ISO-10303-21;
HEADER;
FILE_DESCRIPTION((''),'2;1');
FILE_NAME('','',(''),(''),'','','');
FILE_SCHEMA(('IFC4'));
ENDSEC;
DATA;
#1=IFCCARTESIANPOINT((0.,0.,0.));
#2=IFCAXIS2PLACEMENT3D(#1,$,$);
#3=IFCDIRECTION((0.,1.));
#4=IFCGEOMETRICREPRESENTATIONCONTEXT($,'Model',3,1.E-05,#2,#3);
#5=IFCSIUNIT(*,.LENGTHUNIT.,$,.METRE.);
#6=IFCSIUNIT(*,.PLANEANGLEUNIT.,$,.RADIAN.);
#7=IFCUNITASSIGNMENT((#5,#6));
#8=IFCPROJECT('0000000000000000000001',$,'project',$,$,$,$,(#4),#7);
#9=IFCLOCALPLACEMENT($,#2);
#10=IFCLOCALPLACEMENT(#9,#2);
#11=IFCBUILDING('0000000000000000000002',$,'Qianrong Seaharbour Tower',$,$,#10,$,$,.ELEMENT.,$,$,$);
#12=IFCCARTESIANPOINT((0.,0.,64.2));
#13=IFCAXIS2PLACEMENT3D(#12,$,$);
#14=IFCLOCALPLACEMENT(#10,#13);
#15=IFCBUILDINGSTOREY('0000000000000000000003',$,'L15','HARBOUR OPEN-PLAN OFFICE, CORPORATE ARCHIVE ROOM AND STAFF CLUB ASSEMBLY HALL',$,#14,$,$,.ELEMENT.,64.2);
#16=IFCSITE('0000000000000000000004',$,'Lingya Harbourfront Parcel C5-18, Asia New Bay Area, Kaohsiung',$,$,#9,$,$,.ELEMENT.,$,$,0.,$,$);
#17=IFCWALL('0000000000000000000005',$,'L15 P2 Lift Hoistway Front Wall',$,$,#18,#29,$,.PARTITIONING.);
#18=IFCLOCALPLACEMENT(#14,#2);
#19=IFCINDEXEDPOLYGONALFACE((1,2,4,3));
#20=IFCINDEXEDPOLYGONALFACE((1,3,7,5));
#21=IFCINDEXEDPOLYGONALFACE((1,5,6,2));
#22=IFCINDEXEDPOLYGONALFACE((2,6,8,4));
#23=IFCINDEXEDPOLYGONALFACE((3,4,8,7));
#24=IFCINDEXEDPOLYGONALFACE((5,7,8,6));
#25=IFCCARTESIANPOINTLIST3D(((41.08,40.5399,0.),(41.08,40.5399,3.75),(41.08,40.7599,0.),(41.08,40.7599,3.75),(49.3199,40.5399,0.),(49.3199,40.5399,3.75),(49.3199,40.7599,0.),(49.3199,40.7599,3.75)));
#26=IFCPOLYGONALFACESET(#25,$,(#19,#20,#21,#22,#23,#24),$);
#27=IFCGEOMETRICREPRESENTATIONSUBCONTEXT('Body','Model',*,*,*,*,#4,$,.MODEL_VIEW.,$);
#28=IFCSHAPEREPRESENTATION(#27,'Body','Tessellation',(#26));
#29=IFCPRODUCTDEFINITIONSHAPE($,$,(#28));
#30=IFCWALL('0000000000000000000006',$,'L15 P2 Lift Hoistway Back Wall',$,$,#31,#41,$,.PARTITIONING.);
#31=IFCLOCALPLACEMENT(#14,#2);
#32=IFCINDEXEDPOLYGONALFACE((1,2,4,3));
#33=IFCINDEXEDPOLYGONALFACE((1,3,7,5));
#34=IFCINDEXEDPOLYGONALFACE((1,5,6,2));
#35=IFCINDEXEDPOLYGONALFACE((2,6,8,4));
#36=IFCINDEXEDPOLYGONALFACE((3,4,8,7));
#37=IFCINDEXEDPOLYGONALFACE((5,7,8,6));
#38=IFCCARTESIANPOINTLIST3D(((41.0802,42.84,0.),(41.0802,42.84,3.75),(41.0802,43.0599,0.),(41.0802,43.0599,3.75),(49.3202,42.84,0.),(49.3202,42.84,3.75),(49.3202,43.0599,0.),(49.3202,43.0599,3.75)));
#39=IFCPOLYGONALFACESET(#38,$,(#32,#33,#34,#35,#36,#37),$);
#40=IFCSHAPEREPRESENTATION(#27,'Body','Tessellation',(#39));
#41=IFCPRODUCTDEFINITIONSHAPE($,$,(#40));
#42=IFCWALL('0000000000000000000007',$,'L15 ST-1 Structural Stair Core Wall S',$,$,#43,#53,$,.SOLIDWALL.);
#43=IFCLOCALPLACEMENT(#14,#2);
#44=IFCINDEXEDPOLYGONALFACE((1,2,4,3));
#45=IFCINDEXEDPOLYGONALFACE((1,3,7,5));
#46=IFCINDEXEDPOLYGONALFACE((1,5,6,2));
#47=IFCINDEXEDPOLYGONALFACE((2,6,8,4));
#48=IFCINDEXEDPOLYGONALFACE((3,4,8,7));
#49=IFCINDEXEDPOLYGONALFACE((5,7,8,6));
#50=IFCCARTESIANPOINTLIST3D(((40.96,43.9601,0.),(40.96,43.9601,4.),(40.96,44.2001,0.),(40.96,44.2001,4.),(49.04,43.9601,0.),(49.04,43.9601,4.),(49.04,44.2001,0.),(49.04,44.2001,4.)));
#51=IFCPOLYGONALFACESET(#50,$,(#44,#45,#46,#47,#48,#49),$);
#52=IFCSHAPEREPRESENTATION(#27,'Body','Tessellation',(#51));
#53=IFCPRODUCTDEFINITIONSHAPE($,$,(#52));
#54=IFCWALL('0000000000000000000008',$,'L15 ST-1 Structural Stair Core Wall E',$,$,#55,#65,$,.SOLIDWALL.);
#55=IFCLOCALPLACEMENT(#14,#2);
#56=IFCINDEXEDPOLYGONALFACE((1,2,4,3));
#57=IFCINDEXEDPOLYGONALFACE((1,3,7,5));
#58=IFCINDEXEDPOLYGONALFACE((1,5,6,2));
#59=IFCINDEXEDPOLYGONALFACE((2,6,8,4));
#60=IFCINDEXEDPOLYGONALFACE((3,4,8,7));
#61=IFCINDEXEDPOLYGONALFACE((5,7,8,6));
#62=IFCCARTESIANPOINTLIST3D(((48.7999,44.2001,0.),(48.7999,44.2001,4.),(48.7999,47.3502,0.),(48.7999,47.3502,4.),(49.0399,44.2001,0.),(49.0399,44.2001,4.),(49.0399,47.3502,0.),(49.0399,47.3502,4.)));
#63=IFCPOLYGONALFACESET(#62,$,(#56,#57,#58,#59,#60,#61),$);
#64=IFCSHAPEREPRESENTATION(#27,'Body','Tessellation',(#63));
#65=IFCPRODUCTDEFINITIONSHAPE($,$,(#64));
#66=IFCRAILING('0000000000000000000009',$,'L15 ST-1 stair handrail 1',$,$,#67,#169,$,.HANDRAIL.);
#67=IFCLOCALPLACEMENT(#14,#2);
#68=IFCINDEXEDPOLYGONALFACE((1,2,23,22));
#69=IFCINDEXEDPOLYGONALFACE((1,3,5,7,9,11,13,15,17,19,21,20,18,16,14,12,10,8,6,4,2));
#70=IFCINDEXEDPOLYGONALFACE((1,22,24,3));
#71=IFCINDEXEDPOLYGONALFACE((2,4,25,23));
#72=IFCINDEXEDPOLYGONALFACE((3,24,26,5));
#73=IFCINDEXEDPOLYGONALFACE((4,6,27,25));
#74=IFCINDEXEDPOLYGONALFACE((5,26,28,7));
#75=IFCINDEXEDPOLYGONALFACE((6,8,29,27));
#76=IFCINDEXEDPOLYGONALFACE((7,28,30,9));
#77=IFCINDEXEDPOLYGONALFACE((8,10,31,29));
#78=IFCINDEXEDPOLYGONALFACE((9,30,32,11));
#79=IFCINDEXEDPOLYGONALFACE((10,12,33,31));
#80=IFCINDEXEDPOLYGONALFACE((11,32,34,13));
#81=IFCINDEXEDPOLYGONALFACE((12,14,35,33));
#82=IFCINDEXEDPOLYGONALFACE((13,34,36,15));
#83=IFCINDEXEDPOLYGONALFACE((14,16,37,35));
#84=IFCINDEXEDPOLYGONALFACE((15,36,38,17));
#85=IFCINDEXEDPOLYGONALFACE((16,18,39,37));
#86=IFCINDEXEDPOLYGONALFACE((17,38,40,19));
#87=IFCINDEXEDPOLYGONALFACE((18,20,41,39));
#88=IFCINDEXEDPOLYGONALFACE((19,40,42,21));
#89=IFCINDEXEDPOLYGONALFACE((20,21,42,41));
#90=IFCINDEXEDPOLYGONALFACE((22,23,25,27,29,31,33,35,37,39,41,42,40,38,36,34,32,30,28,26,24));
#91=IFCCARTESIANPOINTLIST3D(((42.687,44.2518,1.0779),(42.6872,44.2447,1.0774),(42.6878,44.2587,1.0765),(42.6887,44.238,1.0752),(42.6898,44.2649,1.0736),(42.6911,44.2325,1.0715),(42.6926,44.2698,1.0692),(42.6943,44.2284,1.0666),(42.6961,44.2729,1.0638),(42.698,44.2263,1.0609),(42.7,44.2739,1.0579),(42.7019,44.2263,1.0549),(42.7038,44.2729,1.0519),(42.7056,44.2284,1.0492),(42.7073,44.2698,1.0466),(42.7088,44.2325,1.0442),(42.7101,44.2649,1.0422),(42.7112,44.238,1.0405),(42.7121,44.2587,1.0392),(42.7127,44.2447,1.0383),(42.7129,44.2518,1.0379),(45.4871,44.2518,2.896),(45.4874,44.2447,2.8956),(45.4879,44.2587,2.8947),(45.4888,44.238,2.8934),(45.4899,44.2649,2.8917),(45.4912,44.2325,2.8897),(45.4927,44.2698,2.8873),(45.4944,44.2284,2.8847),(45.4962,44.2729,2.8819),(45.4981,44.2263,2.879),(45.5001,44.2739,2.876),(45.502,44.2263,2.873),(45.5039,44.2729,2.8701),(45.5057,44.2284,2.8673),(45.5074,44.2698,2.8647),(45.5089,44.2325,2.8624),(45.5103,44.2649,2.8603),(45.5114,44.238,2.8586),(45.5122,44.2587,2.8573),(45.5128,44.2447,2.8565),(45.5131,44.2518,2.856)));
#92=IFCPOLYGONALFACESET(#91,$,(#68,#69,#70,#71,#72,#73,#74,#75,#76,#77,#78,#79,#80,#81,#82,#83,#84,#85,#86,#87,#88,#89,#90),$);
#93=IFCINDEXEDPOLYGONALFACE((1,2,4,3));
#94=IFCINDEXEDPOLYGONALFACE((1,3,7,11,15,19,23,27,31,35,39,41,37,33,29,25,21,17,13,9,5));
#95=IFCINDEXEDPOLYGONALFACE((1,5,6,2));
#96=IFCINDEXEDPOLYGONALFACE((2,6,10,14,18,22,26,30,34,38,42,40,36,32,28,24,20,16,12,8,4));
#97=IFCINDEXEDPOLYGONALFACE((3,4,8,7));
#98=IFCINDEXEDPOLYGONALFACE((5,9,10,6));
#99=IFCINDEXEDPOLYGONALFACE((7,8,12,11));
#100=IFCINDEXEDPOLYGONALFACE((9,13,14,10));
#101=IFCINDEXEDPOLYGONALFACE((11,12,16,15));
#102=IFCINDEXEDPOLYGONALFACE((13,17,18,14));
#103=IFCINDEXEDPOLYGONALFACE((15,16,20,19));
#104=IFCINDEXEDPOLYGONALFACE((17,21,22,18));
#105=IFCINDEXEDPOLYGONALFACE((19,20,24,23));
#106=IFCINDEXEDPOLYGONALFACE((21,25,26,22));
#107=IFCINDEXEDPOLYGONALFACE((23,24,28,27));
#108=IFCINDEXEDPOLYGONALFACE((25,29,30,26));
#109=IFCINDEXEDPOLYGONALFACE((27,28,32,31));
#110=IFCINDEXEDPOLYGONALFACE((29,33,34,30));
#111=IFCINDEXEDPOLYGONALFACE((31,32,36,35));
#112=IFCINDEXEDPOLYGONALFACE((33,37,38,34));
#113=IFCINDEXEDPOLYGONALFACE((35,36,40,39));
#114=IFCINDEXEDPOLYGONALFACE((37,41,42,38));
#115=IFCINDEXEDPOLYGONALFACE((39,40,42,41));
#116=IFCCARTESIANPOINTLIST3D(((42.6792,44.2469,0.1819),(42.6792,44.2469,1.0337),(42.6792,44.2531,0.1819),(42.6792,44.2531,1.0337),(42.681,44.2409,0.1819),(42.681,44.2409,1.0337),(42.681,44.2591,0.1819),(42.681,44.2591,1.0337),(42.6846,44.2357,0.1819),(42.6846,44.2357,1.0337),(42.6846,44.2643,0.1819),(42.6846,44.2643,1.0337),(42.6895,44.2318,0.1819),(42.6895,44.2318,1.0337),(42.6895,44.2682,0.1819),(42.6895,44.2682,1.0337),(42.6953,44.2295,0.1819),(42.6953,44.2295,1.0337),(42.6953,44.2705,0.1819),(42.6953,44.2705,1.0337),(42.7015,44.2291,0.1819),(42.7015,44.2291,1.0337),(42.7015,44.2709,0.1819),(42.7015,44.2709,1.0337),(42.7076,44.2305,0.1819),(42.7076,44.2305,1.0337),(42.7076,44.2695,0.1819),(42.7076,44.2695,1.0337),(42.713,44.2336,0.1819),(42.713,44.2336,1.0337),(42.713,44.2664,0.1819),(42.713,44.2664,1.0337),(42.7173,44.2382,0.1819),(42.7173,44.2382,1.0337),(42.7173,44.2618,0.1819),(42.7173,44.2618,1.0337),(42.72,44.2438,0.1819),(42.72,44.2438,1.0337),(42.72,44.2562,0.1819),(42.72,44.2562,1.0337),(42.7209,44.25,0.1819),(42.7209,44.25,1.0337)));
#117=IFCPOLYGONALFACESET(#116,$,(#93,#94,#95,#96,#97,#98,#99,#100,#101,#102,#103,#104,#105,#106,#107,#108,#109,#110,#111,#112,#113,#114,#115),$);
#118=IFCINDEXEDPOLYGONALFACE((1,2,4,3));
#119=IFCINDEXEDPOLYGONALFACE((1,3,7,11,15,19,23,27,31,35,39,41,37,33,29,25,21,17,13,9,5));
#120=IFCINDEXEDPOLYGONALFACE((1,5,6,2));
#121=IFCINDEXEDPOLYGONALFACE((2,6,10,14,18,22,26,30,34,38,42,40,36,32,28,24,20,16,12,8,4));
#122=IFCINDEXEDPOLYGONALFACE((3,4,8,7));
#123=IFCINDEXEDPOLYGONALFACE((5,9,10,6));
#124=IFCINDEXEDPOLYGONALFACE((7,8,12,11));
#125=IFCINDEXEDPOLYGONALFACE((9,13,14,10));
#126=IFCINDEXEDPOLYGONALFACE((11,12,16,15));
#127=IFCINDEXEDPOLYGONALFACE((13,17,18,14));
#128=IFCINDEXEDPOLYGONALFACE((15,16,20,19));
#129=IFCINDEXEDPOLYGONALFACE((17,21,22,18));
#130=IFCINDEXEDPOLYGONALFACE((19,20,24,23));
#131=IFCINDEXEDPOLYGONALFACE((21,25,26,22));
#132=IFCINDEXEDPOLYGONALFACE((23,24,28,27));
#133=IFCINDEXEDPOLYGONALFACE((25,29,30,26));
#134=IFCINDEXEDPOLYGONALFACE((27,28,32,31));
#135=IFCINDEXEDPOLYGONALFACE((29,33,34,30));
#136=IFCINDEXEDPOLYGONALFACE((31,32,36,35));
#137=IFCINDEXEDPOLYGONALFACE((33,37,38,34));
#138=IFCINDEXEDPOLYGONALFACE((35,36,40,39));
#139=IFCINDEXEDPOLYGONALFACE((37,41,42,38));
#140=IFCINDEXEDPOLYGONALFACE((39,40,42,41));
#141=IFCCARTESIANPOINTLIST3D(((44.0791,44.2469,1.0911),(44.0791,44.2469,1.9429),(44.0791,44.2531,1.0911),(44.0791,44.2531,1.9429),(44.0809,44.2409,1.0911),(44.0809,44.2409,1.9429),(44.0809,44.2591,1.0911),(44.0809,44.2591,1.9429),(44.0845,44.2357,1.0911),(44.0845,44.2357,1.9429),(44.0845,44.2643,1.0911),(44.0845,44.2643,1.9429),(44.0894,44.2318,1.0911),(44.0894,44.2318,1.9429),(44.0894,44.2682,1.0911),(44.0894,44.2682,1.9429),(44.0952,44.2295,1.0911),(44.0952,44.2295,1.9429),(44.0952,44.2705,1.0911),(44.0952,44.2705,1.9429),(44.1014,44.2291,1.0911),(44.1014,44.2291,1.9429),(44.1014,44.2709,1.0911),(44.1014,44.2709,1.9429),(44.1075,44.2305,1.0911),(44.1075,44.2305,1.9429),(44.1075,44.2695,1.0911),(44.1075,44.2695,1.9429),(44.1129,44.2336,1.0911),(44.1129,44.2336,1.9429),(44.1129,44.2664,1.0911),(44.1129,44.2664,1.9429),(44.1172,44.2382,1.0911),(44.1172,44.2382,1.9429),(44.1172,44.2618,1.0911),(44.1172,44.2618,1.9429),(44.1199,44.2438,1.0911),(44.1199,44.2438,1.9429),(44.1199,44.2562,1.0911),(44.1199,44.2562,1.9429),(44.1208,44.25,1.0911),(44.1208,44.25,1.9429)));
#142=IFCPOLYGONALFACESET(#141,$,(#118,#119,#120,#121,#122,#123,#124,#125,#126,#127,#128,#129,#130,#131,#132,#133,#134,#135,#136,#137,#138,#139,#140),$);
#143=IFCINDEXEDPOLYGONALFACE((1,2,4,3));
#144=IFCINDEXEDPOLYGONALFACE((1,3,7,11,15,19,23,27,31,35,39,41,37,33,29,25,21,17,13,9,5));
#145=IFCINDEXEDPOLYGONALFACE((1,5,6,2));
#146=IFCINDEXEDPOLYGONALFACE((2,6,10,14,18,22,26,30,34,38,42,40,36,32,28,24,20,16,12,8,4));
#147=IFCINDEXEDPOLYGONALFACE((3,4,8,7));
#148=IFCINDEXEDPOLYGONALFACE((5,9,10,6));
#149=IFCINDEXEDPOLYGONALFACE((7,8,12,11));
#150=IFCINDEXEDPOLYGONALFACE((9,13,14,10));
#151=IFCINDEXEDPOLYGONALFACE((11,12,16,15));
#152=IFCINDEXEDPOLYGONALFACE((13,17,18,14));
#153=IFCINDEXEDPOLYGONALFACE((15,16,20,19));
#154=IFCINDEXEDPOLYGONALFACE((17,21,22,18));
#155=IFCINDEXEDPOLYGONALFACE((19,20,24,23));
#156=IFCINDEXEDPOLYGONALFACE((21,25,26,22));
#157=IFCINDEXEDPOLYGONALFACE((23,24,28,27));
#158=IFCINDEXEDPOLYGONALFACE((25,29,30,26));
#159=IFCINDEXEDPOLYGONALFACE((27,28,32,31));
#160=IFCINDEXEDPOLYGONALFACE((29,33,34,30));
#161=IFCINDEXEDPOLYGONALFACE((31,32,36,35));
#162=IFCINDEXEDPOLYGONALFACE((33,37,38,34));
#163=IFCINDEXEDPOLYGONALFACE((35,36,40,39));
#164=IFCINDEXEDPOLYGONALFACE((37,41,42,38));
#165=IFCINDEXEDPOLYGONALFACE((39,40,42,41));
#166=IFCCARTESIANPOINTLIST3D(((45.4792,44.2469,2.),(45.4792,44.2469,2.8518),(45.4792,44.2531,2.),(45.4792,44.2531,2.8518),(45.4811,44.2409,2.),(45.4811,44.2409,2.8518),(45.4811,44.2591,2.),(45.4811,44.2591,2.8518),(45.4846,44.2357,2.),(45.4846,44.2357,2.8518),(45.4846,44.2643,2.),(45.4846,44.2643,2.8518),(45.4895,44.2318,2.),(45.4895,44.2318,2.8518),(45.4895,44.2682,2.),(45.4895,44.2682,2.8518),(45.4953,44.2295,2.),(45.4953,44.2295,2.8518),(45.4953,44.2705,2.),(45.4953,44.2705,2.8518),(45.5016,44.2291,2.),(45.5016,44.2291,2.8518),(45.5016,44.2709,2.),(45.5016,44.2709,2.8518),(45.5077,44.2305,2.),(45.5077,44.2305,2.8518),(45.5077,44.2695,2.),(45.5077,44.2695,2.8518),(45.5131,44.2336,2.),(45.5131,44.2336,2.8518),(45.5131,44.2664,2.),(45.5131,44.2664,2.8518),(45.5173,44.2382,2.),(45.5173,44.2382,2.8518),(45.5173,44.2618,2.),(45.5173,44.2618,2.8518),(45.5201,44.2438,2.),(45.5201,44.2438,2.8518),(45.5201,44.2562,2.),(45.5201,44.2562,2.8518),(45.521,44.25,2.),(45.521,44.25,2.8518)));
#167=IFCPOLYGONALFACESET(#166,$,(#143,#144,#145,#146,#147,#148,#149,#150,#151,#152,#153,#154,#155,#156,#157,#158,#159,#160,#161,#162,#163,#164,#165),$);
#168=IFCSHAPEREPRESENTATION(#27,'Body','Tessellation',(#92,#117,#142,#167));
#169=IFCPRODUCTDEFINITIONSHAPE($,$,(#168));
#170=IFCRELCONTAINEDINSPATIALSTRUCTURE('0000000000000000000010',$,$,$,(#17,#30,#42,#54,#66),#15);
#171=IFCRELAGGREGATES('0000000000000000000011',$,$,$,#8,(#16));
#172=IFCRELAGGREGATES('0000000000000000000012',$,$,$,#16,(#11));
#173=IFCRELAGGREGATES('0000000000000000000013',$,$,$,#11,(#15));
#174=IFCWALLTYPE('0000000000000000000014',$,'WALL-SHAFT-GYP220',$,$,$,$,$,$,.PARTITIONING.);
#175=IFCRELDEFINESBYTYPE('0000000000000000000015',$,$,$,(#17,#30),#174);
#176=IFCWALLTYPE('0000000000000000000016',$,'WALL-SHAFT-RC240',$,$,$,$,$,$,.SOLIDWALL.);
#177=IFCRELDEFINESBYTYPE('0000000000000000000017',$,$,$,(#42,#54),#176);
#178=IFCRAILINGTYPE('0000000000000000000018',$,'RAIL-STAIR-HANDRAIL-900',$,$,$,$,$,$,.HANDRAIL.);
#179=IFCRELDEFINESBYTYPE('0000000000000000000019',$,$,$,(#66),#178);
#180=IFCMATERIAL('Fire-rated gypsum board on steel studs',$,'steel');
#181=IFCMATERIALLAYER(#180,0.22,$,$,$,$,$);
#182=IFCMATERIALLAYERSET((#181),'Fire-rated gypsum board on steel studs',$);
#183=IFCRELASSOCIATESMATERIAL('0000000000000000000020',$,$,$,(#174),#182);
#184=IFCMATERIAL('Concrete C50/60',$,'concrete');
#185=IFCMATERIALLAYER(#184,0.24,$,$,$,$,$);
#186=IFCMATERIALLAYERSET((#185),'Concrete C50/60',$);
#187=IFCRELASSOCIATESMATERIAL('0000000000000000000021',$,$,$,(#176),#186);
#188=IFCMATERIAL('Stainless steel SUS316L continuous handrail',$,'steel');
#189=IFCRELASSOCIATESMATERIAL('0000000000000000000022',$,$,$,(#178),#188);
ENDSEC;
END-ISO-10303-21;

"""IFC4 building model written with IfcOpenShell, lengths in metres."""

from ifc_helpers import new_model, si_unit, direction, frame, frame_2d, origin, origin_2d, place, context, subcontext, project, spatial, rectangle, circle, extrude, material, layer, layer_set, type_object, element, save


model = new_model("IFC4")

# Units and contexts
model_context = context("Model", 3, precision=1e-05, world=origin(), true_north=direction((0.0, 1.0)))
body_context = subcontext(model_context, "Body", "Model", "MODEL_VIEW")
ifc_project = project(units=[si_unit("LENGTHUNIT", "METRE"), si_unit("PLANEANGLEUNIT", "RADIAN")], contexts=[model_context])

# Site, building, storey
site_placement = place(None, origin())
site = spatial("IfcSite", under=ifc_project, at=site_placement, Name="Lingya Harbourfront Parcel C5-18, Asia New Bay Area, Kaohsiung", CompositionType="ELEMENT", RefElevation=0.0)
building_placement = place(site_placement, origin())
building = spatial("IfcBuilding", under=site, at=building_placement, Name="Qianrong Seaharbour Tower", CompositionType="ELEMENT")
storey_placement = place(building_placement, frame((0.0, 0.0, 64.2)))
storey = spatial("IfcBuildingStorey", under=building, at=storey_placement, Name="L15", Description="HARBOUR OPEN-PLAN OFFICE, CORPORATE ARCHIVE ROOM AND STAFF CLUB ASSEMBLY HALL", CompositionType="ELEMENT", Elevation=64.2)

# Shared definitions
ifc_material_1 = material(Name="Fire-rated gypsum board on steel studs", Category="steel")

# Shared definitions
ifc_layer_1 = layer(ifc_material_1, 0.22)
ifc_layer_set_1 = layer_set([ifc_layer_1], Name="Fire-rated gypsum board on steel studs")
wall_type_1 = type_object("IfcWallType", Name="WALL-SHAFT-GYP220", PredefinedType="PARTITIONING", material=ifc_layer_set_1)

# Walls
for number, where, z_axis, x_axis, name in (
    (1, (49.3201, 40.6499, 0.0), (0.0, 0.0, 1.0), (-1.0, 0.0, 0.0), "L15 P2 Lift Hoistway Front Wall"),
    (2, (41.0801, 42.95, 0.0), (0.0, 0.0, 1.0), (1.0, 0.0, 0.0), "L15 P2 Lift Hoistway Back Wall"),
):
    element("IfcWall", number, at=place(storey_placement, frame(where, z_axis=z_axis, x_axis=x_axis)), inside=storey, type_object=wall_type_1, Name=name, PredefinedType="PARTITIONING", context=body_context, shape_type="SweptSolid", body=[
        extrude(rectangle(XDim=8.24, YDim=0.22, at=frame_2d((4.1201, 0.0))), origin(), (0.0, 0.0, 1.0), 3.75),
    ])
ifc_material_2 = material(Name="Concrete C50/60", Category="concrete")
ifc_layer_2 = layer(ifc_material_2, 0.24)
ifc_layer_set_2 = layer_set([ifc_layer_2], Name="Concrete C50/60")
wall_type_2 = type_object("IfcWallType", Name="WALL-SHAFT-RC240", PredefinedType="SOLIDWALL", material=ifc_layer_set_2)
wall_1_placement = place(storey_placement, frame((49.04, 44.0801, 0.0), z_axis=(0.0, 0.0, 1.0), x_axis=(-1.0, 0.0, 0.0)))
element("IfcWall", 3, at=wall_1_placement, inside=storey, type_object=wall_type_2, Name="L15 ST-1 Structural Stair Core Wall S", PredefinedType="SOLIDWALL", context=body_context, shape_type="SweptSolid", body=[
    extrude(rectangle(XDim=8.0801, YDim=0.24, at=frame_2d((4.04, 0.0))), origin(), (0.0, 0.0, 1.0), 4.0),
])
wall_2_placement = place(storey_placement, frame((48.9199, 44.2, 0.0), z_axis=(0.0, 0.0, 1.0), x_axis=(0.0, 1.0, 0.0)))
element("IfcWall", 4, at=wall_2_placement, inside=storey, type_object=wall_type_2, Name="L15 ST-1 Structural Stair Core Wall E", PredefinedType="SOLIDWALL", context=body_context, shape_type="SweptSolid", body=[
    extrude(rectangle(XDim=3.1501, YDim=0.24, at=frame_2d((1.5752, 0.0))), origin(), (0.0, 0.0, 1.0), 4.0),
])

# Railing
ifc_material_3 = material(Name="Stainless steel SUS316L continuous handrail", Category="steel")
railing_type = type_object("IfcRailingType", Name="RAIL-STAIR-HANDRAIL-900", PredefinedType="HANDRAIL", material=ifc_material_3)
railing_placement = place(storey_placement, frame((42.7, 44.25, 0.1819)))
element("IfcRailing", 5, at=railing_placement, inside=storey, type_object=railing_type, Name="L15 ST-1 stair handrail 1", PredefinedType="HANDRAIL", context=body_context, shape_type="SweptSolid", body=[
    extrude(circle(Radius=0.0239, at=origin_2d()), frame((0.0, 0.0, 0.876), z_axis=(0.838706, 0.0, 0.544585), x_axis=(0.0, 1.0, 0.0)), (0.0, 0.0, 1.0), 3.3386),
    extrude(circle(Radius=0.021, at=origin_2d()), origin(), (0.0, 0.0, 1.0), 0.8518),
    extrude(circle(Radius=0.021, at=origin_2d()), frame((1.3999, 0.0, 0.9092)), (0.0, 0.0, 1.0), 0.8518),
    extrude(circle(Radius=0.021, at=origin_2d()), frame((2.8, 0.0, 1.8181)), (0.0, 0.0, 1.0), 0.8518),
])

save(model, "model.ifc")
